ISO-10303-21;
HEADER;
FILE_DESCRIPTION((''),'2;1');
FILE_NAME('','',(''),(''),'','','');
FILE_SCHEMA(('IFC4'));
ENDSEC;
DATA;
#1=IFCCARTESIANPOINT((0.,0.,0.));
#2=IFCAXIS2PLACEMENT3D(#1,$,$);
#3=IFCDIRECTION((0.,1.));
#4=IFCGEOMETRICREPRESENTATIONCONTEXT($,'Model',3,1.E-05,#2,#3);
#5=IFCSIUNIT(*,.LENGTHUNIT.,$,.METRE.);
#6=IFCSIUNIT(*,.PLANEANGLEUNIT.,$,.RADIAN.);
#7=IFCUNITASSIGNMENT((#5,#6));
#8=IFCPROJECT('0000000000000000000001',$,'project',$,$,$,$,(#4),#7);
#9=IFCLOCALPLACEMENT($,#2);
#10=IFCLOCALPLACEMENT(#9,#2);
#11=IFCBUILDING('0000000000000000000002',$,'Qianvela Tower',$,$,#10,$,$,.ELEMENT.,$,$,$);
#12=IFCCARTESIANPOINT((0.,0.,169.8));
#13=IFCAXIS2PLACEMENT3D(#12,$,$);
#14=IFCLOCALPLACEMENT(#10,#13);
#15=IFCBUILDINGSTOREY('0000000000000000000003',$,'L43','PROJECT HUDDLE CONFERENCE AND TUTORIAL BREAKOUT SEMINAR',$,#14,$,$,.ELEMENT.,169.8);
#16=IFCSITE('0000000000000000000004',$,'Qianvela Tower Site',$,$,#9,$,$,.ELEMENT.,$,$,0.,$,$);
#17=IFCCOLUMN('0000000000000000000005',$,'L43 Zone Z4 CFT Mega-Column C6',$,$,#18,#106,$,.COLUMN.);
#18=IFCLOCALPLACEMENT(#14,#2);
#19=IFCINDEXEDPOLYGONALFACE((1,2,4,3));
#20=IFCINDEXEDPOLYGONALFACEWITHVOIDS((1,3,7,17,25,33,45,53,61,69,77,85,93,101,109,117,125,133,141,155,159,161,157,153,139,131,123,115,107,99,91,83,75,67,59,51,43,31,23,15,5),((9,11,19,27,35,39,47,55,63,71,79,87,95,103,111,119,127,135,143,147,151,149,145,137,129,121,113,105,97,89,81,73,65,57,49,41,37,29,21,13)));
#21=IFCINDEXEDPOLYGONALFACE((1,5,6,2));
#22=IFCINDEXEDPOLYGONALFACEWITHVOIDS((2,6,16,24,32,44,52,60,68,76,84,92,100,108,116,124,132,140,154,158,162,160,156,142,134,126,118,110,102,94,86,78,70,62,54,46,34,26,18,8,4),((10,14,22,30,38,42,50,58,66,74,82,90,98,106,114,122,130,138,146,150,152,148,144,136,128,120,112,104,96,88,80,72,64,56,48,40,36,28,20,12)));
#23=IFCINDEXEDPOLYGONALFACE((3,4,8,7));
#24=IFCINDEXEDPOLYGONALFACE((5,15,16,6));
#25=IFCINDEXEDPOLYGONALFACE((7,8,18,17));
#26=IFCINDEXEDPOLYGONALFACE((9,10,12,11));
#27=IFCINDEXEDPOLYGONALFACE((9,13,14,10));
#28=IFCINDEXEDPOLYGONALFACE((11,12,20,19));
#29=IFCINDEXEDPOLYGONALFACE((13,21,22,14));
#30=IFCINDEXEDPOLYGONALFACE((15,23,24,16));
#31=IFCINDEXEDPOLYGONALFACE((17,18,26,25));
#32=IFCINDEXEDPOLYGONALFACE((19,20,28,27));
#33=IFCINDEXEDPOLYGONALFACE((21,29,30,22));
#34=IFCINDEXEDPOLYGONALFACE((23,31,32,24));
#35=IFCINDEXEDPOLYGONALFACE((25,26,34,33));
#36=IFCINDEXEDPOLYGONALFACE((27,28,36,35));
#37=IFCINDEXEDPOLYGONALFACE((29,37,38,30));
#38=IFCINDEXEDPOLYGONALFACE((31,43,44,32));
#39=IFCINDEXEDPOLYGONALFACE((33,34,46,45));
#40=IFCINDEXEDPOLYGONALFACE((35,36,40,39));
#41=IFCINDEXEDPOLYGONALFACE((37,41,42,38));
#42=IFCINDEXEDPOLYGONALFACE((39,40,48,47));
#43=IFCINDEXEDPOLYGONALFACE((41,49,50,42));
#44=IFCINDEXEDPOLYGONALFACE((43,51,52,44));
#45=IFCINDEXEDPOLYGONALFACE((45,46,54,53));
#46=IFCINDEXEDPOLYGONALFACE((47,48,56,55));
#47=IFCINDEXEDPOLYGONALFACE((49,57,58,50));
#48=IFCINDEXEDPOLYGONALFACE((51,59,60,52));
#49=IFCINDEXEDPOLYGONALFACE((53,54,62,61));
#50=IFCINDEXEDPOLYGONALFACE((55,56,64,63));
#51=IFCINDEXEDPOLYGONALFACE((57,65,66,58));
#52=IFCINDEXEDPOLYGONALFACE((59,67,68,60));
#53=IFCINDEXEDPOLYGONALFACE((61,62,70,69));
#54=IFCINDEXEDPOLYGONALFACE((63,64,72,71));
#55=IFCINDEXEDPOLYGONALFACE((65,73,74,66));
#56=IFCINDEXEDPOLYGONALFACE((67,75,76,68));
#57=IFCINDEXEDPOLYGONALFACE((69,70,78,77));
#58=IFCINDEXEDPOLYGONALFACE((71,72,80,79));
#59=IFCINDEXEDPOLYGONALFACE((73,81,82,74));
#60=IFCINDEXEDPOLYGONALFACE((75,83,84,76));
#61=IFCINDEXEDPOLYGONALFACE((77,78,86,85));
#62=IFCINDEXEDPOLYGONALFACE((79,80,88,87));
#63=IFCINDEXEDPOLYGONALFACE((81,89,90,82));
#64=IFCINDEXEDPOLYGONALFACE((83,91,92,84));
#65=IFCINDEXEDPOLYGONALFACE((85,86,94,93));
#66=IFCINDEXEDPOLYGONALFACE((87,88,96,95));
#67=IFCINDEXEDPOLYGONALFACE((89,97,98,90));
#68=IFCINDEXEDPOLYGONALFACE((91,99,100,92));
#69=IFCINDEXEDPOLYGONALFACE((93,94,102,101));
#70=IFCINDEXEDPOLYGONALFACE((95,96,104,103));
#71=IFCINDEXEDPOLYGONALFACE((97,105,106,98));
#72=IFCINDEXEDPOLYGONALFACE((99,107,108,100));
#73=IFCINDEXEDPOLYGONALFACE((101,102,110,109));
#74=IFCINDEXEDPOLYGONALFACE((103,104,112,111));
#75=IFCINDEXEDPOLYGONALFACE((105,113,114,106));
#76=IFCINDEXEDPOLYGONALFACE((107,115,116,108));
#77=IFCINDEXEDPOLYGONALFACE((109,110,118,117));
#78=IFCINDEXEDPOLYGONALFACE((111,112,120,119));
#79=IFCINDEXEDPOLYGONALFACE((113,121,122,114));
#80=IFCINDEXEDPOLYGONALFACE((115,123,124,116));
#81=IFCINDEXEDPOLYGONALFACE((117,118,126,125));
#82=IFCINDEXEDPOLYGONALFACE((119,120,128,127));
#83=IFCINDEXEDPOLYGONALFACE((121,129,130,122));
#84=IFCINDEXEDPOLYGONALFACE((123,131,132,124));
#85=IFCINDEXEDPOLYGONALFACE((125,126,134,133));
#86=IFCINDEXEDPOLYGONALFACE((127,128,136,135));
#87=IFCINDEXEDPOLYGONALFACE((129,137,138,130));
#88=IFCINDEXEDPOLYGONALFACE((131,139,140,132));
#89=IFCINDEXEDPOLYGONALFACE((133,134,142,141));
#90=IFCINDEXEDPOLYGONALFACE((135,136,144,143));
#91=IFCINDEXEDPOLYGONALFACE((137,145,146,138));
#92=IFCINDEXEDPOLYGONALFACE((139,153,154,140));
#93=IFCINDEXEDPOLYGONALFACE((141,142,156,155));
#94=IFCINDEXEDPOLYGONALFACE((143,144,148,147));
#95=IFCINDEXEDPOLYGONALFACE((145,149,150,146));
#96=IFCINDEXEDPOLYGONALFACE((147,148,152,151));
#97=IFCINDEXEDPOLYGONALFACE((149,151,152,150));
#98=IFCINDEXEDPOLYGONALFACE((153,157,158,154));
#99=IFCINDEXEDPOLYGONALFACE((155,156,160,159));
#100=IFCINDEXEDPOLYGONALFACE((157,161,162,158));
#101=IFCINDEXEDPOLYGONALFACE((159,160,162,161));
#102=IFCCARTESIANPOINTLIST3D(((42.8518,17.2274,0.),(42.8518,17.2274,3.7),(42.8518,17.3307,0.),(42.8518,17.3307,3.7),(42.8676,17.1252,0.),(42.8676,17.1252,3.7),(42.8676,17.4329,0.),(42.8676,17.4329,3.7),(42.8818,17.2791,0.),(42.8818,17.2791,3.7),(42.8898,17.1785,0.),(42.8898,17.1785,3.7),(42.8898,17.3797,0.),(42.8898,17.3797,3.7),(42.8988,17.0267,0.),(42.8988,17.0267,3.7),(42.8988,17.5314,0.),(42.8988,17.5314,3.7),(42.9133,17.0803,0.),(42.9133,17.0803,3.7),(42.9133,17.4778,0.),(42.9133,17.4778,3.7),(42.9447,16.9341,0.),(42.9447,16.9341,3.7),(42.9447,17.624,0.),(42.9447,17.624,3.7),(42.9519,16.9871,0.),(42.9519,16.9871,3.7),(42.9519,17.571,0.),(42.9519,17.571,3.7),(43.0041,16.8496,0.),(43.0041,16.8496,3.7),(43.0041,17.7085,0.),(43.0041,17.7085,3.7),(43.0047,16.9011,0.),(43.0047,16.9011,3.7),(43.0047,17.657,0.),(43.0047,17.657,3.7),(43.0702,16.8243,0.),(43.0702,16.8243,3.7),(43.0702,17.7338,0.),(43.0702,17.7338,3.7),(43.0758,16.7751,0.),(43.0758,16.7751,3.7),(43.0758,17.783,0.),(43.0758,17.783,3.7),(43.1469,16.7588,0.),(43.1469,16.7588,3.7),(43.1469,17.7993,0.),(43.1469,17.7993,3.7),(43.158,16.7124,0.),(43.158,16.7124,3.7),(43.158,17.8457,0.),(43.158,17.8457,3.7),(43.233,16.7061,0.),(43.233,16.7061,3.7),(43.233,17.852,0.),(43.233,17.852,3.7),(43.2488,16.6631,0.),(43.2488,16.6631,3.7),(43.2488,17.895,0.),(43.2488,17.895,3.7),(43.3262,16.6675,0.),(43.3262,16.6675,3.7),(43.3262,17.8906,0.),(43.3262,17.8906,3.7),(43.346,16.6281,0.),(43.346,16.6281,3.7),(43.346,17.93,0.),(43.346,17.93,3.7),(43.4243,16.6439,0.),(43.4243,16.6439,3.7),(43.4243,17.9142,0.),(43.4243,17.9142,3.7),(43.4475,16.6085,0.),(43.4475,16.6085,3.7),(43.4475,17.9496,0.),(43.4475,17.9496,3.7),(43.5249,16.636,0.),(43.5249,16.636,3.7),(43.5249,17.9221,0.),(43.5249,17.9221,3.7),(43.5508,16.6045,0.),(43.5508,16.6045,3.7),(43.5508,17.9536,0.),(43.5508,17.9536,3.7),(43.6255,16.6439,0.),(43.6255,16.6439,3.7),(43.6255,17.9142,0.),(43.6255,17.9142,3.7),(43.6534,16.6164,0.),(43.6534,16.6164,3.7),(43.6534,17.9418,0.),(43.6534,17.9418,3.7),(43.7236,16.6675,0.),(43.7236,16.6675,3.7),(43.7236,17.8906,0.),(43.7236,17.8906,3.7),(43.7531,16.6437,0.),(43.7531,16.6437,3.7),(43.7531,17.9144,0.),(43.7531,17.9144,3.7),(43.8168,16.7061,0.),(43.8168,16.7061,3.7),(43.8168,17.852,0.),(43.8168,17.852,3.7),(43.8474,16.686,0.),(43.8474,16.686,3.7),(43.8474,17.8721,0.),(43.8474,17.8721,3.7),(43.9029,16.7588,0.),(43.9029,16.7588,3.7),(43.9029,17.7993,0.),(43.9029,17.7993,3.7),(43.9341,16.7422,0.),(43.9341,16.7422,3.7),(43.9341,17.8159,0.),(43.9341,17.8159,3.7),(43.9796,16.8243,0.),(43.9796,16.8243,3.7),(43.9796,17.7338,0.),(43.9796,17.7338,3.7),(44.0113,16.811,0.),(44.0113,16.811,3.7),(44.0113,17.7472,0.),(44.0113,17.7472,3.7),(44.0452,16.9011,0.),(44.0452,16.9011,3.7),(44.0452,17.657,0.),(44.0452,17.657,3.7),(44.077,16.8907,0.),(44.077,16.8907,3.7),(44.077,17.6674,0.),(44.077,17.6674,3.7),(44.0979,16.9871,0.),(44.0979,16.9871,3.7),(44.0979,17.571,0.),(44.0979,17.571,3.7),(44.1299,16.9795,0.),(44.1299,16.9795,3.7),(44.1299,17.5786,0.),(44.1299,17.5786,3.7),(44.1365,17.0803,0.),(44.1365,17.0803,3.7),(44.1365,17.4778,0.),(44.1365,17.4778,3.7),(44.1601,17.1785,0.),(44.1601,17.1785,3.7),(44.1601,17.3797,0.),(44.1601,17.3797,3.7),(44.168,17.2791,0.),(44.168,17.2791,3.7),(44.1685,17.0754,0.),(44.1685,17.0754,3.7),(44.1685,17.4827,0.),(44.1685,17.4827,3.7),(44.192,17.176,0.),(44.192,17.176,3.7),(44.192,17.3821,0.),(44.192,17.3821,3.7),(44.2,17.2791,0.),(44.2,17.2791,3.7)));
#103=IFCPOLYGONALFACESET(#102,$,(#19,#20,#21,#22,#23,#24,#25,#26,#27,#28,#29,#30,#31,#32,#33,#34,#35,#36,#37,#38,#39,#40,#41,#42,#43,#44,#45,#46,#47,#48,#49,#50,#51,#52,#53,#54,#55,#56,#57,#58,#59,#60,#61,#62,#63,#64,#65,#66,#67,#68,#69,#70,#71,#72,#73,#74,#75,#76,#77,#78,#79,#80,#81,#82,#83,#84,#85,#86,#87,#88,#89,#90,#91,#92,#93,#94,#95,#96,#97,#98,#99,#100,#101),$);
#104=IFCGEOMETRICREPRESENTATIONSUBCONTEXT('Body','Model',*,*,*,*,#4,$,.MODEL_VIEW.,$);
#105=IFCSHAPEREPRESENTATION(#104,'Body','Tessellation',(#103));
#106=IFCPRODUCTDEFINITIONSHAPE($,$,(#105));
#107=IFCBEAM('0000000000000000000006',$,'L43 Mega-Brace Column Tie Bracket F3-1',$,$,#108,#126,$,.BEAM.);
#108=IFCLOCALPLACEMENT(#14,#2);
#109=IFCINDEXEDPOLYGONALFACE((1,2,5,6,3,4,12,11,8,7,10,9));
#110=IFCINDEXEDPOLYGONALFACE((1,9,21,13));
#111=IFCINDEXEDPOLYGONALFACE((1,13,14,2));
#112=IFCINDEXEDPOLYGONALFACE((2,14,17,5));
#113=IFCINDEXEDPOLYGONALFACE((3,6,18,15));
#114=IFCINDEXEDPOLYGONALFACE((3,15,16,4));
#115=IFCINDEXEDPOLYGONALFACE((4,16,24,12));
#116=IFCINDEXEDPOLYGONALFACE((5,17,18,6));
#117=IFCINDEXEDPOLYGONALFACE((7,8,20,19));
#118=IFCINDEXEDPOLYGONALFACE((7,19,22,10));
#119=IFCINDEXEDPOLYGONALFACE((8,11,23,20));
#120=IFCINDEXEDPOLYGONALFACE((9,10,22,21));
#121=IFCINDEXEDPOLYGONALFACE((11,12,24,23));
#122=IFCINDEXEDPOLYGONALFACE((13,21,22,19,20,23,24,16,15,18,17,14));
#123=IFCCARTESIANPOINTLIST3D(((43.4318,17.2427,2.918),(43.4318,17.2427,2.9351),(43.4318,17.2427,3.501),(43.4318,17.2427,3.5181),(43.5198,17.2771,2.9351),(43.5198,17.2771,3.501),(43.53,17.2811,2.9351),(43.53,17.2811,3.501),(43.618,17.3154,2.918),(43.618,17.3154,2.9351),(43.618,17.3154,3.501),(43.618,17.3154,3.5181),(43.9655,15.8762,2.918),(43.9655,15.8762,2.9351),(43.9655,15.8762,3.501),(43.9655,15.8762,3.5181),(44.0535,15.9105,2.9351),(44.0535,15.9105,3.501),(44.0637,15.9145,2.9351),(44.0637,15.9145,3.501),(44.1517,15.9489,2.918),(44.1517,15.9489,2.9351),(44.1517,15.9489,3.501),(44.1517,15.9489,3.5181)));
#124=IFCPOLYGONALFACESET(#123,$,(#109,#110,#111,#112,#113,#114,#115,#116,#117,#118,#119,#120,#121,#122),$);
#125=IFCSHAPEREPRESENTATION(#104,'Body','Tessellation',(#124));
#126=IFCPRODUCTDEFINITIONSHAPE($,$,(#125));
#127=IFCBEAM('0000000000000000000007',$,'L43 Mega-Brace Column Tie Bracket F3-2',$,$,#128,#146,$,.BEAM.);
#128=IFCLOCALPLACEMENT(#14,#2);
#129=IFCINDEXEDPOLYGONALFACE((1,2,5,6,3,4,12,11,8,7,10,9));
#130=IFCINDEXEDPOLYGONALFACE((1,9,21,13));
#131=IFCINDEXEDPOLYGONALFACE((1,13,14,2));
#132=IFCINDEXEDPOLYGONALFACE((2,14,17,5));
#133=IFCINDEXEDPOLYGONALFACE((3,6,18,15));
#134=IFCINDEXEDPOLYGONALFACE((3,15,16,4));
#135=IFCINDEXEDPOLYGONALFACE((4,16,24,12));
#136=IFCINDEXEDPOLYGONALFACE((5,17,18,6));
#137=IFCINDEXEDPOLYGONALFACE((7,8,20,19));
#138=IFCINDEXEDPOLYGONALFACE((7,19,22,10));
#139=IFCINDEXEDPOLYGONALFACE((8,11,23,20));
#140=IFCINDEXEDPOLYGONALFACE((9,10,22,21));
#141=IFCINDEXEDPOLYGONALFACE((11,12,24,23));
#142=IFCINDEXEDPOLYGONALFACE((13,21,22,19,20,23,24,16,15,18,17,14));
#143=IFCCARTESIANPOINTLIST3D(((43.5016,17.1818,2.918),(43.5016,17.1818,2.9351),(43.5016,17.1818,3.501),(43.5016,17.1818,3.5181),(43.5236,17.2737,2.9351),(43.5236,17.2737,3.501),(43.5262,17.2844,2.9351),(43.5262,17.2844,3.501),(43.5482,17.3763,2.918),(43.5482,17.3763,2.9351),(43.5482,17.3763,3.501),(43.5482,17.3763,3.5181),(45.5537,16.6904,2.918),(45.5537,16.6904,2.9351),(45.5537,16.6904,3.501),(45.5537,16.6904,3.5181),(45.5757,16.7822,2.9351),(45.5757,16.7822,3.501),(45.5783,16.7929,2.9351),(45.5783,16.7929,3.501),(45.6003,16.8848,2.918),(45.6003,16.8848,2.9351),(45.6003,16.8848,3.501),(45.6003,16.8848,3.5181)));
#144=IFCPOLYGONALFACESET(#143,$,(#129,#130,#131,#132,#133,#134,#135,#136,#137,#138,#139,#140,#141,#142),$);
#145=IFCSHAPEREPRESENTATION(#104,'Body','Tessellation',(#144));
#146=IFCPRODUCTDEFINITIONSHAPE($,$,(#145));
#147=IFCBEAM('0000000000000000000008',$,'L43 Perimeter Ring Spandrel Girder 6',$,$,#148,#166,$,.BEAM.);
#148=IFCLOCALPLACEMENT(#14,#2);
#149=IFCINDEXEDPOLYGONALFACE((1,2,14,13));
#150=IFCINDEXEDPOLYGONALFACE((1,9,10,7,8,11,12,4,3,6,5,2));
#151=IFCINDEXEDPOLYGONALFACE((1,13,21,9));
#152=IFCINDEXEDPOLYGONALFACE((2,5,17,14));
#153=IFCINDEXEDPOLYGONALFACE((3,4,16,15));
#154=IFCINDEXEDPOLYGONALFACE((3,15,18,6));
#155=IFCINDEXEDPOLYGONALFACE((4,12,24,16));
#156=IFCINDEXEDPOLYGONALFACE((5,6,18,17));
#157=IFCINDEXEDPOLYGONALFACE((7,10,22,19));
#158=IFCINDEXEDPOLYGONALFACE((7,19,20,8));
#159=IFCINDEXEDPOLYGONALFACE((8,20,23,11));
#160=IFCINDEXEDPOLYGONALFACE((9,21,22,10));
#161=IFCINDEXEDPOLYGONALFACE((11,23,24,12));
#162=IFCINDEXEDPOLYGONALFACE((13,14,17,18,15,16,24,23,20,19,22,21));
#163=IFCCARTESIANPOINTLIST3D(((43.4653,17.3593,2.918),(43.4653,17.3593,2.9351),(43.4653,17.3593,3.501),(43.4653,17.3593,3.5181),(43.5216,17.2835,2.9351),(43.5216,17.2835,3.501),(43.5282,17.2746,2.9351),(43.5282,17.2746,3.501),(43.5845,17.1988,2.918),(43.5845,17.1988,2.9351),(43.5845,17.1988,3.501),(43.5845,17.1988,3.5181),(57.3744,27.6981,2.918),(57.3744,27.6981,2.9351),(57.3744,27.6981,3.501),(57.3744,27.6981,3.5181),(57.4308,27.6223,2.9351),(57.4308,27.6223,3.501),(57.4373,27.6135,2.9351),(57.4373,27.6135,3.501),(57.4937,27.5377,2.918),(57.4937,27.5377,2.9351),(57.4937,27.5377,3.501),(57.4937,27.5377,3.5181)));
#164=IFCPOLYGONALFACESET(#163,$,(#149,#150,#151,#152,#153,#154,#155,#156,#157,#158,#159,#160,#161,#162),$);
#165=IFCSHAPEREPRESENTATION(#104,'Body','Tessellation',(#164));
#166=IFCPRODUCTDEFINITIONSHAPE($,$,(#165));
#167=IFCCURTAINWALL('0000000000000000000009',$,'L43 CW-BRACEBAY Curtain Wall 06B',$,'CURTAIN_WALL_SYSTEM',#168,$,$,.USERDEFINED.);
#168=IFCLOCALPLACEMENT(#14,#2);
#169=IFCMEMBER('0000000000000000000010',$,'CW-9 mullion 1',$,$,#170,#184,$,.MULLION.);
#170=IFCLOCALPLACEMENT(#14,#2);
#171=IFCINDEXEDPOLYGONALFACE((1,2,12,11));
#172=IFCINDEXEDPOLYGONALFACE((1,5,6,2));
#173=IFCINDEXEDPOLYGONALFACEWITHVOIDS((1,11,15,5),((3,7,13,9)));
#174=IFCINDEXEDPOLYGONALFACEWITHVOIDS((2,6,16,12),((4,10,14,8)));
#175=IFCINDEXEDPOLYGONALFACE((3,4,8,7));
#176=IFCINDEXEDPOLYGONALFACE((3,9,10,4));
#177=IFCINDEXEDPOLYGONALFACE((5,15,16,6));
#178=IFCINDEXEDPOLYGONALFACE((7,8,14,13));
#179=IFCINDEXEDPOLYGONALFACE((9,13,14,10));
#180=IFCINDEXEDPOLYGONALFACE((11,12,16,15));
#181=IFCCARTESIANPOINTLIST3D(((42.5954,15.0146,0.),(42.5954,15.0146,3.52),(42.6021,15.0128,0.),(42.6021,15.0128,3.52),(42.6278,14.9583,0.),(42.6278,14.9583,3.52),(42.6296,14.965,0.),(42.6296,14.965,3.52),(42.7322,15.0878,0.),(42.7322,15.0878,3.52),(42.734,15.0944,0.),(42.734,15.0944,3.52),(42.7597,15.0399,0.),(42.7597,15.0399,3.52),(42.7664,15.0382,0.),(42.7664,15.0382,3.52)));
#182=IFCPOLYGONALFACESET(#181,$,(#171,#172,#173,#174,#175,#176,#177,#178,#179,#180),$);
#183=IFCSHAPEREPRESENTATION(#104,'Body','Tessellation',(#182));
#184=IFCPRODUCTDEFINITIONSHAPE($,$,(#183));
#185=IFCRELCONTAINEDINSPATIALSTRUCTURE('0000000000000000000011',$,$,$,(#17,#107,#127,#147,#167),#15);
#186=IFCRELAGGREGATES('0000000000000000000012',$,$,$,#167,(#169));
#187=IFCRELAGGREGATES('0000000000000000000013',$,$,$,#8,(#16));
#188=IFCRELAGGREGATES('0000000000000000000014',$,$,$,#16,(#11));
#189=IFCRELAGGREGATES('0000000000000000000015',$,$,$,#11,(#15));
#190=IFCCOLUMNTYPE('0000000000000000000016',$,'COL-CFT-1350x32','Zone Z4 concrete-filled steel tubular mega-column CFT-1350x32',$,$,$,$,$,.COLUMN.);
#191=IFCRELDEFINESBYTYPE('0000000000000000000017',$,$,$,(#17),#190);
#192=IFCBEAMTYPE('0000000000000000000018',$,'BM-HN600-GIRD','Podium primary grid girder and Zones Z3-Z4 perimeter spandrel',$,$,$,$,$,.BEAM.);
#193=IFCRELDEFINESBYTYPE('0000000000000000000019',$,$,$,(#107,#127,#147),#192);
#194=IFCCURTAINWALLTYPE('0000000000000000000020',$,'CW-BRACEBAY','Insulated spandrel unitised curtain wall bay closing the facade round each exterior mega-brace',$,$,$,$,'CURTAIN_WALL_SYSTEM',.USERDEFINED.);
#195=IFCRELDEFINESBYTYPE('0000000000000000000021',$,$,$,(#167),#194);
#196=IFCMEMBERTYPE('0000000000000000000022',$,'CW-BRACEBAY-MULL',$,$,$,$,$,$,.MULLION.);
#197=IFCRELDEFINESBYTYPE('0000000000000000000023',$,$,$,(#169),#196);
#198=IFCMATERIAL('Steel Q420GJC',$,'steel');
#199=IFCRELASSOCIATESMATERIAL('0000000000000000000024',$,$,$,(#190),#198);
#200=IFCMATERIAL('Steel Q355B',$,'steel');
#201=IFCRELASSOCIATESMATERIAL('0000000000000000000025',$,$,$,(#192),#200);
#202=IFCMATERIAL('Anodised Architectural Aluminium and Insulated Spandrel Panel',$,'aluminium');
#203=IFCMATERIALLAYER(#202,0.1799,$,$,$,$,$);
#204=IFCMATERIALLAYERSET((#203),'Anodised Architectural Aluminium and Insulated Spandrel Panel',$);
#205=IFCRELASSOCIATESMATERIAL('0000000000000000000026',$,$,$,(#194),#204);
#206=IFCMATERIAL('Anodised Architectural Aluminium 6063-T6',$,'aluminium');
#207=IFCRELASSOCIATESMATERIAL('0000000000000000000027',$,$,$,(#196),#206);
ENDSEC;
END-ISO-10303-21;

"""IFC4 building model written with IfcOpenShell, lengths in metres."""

from ifc_helpers import new_model, si_unit, direction, frame, origin, origin_2d, place, context, subcontext, project, spatial, hollow_rectangle, hollow_circle, i_section, extrude, material, layer, layer_set, material_profile, profile_set, type_object, element, aggregate, save


model = new_model("IFC4")

# Units and contexts
model_context = context("Model", 3, precision=1e-05, world=origin(), true_north=direction((0.0, 1.0)))
body_context = subcontext(model_context, "Body", "Model", "MODEL_VIEW")
ifc_project = project(units=[si_unit("LENGTHUNIT", "METRE"), si_unit("PLANEANGLEUNIT", "RADIAN")], contexts=[model_context])

# Site, building, storey
site_placement = place(None, origin())
site = spatial("IfcSite", under=ifc_project, at=site_placement, Name="Qianvela Tower Site", CompositionType="ELEMENT", RefElevation=0.0)
building_placement = place(site_placement, origin())
building = spatial("IfcBuilding", under=site, at=building_placement, Name="Qianvela Tower", CompositionType="ELEMENT")
storey_placement = place(building_placement, frame((0.0, 0.0, 169.8)))
storey = spatial("IfcBuildingStorey", under=building, at=storey_placement, Name="L43", Description="PROJECT HUDDLE CONFERENCE AND TUTORIAL BREAKOUT SEMINAR", CompositionType="ELEMENT", Elevation=169.8)

# Column
ifc_material_1 = material(Name="Steel Q420GJC", Category="steel")
ifc_material_profile_1 = material_profile(ifc_material_1, hollow_circle(Radius=0.675, WallThickness=0.032, at=origin_2d()), Name="CFT-1350x32")
ifc_profile_set_1 = profile_set([ifc_material_profile_1], Name="Steel Q420GJC")
column_type = type_object("IfcColumnType", Name="COL-CFT-1350x32", Description="Zone Z4 concrete-filled steel tubular mega-column CFT-1350x32", PredefinedType="COLUMN", material=ifc_profile_set_1)
column_placement = place(storey_placement, frame((43.5249, 17.2791, 0.0), z_axis=(0.0, 0.0, 1.0), x_axis=(1.0, 0.0, 0.0)))
element("IfcColumn", 1, at=column_placement, inside=storey, type_object=column_type, Name="L43 Zone Z4 CFT Mega-Column C6", PredefinedType="COLUMN", context=body_context, shape_type="SweptSolid", body=[
    extrude(hollow_circle(Radius=0.675, WallThickness=0.032, at=origin_2d()), origin(), (0.0, 0.0, 1.0), 3.7),
])

# Beams
ifc_material_2 = material(Name="Steel Q355B", Category="steel")
ifc_material_profile_2 = material_profile(ifc_material_2, i_section(OverallWidth=0.2, OverallDepth=0.6001, WebThickness=0.011, FlangeThickness=0.0171, at=origin_2d()), Name="HN600x200x11x17")
ifc_profile_set_2 = profile_set([ifc_material_profile_2], Name="Steel Q355B")
beam_type = type_object("IfcBeamType", Name="BM-HN600-GIRD", Description="Podium primary grid girder and Zones Z3-Z4 perimeter spandrel", PredefinedType="BEAM", material=ifc_profile_set_2)
beam_1_placement = place(storey_placement, frame((43.5249, 17.2791, 3.218), z_axis=(0.363803, -0.931476, 0.0), x_axis=(0.931476, 0.363803, 0.0)))
element("IfcBeam", 2, at=beam_1_placement, inside=storey, type_object=beam_type, Name="L43 Mega-Brace Column Tie Bracket F3-1", PredefinedType="BEAM", context=body_context, shape_type="SweptSolid", body=[
    extrude(i_section(OverallWidth=0.2, OverallDepth=0.6001, WebThickness=0.011, FlangeThickness=0.0171, at=origin_2d()), origin(), (0.0, 0.0, 1.0), 1.467),
])
beam_2_placement = place(storey_placement, frame((43.5249, 17.2791, 3.218), z_axis=(0.972497, -0.232913, 0.0), x_axis=(0.232913, 0.972497, 0.0)))
element("IfcBeam", 3, at=beam_2_placement, inside=storey, type_object=beam_type, Name="L43 Mega-Brace Column Tie Bracket F3-2", PredefinedType="BEAM", context=body_context, shape_type="SweptSolid", body=[
    extrude(i_section(OverallWidth=0.2, OverallDepth=0.6001, WebThickness=0.011, FlangeThickness=0.0171, at=origin_2d()), origin(), (0.0, 0.0, 1.0), 2.1101),
])
beam_3_placement = place(storey_placement, frame((43.5249, 17.2791, 3.218), z_axis=(0.802569, 0.596559, 0.0), x_axis=(-0.596559, 0.802569, 0.0)))
element("IfcBeam", 4, at=beam_3_placement, inside=storey, type_object=beam_type, Name="L43 Perimeter Ring Spandrel Girder 6", PredefinedType="BEAM", context=body_context, shape_type="SweptSolid", body=[
    extrude(i_section(OverallWidth=0.2, OverallDepth=0.6001, WebThickness=0.011, FlangeThickness=0.0171, at=origin_2d()), origin(), (0.0, 0.0, 1.0), 17.3308),
])

# Curtain wall, member
ifc_material_3 = material(Name="Anodised Architectural Aluminium and Insulated Spandrel Panel", Category="aluminium")
ifc_layer_1 = layer(ifc_material_3, 0.1799)
ifc_layer_set_1 = layer_set([ifc_layer_1], Name="Anodised Architectural Aluminium and Insulated Spandrel Panel")
curtain_wall_type_1 = type_object("IfcCurtainWallType", Name="CW-BRACEBAY", Description="Insulated spandrel unitised curtain wall bay closing the facade round each exterior mega-brace", ElementType="CURTAIN_WALL_SYSTEM", PredefinedType="USERDEFINED", material=ifc_layer_set_1)
curtain_wall_1_placement = place(storey_placement, origin())
curtain_wall_1 = element("IfcCurtainWall", 5, at=curtain_wall_1_placement, inside=storey, type_object=curtain_wall_type_1, Name="L43 CW-BRACEBAY Curtain Wall 06B", ObjectType="CURTAIN_WALL_SYSTEM", PredefinedType="USERDEFINED")
ifc_material_4 = material(Name="Anodised Architectural Aluminium 6063-T6", Category="aluminium")
ifc_material_profile_3 = material_profile(ifc_material_4, hollow_rectangle(XDim=0.0649, YDim=0.1599, WallThickness=0.0049, at=origin_2d()), Name="ALU-MULL-65x160")
ifc_profile_set_3 = profile_set([ifc_material_profile_3], Name="Anodised Architectural Aluminium 6063-T6")
member_type_1 = type_object("IfcMemberType", Name="CW-BRACEBAY-MULL", PredefinedType="MULLION", material=ifc_profile_set_3)
member_1_placement = place(storey_placement, frame((42.6809, 15.0264, 0.0), z_axis=(0.0, 0.0, 1.0), x_axis=(-0.499278, 0.866442, 0.0)))
member_1 = element("IfcMember", 6, at=member_1_placement, type_object=member_type_1, Name="CW-9 mullion 1", PredefinedType="MULLION", context=body_context, shape_type="SweptSolid", body=[
    extrude(hollow_rectangle(XDim=0.0649, YDim=0.1599, WallThickness=0.0049, at=origin_2d()), origin(), (0.0, 0.0, 1.0), 3.52),
])
aggregate(curtain_wall_1, [member_1])

save(model, "model.ifc")
